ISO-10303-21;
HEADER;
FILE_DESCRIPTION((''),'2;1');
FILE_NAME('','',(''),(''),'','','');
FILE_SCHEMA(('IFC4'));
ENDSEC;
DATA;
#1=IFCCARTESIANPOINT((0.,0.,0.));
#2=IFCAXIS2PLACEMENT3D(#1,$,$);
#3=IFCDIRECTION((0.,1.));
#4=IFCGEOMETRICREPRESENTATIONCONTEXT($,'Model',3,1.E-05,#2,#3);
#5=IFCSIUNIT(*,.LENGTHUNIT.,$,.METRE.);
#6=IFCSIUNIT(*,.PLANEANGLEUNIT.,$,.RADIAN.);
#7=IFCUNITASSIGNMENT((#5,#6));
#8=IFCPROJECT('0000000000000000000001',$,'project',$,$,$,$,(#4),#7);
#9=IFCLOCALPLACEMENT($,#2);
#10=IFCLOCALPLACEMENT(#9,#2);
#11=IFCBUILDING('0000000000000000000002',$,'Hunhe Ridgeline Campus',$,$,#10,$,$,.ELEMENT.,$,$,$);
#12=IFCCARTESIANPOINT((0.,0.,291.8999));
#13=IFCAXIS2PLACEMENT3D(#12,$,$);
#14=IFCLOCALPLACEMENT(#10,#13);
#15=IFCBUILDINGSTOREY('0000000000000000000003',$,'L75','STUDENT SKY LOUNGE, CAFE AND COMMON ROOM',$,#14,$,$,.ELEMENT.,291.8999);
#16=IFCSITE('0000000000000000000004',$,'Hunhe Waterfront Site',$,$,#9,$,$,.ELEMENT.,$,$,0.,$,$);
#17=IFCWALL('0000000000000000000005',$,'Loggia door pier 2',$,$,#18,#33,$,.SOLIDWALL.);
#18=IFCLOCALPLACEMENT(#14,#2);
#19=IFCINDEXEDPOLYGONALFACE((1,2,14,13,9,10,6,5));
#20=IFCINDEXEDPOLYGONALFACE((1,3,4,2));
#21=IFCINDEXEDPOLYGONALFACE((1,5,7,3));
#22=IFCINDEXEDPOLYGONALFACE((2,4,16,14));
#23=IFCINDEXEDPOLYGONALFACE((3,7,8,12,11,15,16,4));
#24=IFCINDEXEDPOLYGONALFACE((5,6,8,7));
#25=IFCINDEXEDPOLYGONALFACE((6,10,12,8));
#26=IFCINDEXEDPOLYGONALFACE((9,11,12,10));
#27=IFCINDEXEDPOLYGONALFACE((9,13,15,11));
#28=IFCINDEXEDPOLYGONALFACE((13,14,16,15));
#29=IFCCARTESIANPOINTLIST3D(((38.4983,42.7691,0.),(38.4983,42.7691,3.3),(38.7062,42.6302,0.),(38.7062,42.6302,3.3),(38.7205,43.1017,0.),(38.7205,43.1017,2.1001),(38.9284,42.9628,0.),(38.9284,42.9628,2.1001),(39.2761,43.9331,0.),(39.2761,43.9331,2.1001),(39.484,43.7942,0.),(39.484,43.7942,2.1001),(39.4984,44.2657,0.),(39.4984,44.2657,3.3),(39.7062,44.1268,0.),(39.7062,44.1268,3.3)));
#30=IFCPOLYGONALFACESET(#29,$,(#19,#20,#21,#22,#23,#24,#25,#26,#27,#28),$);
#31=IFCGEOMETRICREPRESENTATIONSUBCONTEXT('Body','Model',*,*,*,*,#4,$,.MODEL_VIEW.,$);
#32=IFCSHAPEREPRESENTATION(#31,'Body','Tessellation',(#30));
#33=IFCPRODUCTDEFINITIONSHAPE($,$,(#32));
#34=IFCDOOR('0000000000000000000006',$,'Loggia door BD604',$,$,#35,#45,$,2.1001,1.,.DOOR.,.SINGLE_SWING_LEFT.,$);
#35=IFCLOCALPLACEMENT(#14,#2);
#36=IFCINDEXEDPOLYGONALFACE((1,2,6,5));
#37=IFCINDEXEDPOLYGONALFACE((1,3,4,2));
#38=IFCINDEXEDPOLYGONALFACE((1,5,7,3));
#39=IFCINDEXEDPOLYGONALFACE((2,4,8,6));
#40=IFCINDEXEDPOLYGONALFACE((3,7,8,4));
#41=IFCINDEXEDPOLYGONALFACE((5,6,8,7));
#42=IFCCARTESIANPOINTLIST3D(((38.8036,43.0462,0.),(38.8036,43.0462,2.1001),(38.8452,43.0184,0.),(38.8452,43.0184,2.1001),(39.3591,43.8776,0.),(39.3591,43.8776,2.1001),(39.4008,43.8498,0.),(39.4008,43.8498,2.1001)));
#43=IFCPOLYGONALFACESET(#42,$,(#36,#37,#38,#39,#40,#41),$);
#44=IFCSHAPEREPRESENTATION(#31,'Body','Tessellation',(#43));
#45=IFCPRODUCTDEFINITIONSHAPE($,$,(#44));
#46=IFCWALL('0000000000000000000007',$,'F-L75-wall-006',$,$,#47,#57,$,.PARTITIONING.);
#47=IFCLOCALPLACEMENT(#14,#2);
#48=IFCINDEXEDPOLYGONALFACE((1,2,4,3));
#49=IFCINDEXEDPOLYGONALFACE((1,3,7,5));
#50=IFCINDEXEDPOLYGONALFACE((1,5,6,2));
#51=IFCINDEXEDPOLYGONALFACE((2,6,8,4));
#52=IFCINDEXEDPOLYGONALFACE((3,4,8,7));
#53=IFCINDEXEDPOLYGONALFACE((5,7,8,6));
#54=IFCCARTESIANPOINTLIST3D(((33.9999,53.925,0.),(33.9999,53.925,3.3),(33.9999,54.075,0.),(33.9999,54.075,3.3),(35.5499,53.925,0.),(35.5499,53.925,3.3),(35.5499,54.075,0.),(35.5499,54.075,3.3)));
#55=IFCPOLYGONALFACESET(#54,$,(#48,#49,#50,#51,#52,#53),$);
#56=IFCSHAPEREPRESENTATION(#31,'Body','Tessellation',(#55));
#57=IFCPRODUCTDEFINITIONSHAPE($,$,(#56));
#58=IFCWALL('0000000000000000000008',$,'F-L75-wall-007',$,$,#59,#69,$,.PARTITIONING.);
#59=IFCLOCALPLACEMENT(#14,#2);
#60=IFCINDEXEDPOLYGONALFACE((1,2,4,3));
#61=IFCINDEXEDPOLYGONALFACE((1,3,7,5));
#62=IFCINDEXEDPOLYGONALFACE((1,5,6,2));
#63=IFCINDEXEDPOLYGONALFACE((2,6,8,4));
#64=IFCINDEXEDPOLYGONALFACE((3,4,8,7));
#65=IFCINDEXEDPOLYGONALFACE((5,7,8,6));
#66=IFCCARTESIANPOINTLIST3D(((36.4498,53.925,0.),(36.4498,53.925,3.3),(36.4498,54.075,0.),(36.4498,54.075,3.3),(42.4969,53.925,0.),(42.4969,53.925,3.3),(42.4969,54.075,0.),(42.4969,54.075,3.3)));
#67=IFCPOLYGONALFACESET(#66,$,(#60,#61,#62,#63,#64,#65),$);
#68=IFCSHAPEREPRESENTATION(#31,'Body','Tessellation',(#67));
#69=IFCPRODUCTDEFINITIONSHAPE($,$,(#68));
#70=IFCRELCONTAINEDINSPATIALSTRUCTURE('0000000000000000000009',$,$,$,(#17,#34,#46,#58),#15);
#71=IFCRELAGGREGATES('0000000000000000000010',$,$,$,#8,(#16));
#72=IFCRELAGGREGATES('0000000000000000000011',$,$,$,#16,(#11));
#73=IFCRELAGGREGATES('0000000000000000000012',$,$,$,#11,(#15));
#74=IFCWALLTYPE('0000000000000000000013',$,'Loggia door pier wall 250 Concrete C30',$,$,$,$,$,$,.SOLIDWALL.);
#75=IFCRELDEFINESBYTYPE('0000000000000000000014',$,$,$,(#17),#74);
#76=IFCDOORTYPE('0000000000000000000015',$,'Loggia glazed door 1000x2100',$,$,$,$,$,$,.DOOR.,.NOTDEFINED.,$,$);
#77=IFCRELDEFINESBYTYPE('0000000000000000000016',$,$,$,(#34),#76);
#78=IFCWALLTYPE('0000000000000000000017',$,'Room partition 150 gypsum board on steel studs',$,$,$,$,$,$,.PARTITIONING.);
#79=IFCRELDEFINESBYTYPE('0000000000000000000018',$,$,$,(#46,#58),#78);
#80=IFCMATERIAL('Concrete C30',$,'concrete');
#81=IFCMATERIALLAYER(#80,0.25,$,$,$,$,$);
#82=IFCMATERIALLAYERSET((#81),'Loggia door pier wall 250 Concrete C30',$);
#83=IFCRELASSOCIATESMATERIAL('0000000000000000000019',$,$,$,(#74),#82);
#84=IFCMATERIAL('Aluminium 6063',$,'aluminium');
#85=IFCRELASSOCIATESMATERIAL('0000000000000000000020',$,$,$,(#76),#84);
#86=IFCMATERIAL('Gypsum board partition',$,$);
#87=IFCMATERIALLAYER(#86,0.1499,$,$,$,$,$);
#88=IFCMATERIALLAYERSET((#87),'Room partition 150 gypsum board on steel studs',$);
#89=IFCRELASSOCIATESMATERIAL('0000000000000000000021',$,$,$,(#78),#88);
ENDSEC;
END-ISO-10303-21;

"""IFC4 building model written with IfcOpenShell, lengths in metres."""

from ifc_helpers import new_model, si_unit, direction, frame, frame_2d, origin, place, context, subcontext, project, spatial, rectangle, extrude, material, layer, layer_set, type_object, element, fill, save


model = new_model("IFC4")

# Units and contexts
model_context = context("Model", 3, precision=1e-05, world=origin(), true_north=direction((0.0, 1.0)))
body_context = subcontext(model_context, "Body", "Model", "MODEL_VIEW")
ifc_project = project(units=[si_unit("LENGTHUNIT", "METRE"), si_unit("PLANEANGLEUNIT", "RADIAN")], contexts=[model_context])

# Site, building, storey
site_placement = place(None, origin())
site = spatial("IfcSite", under=ifc_project, at=site_placement, Name="Hunhe Waterfront Site", CompositionType="ELEMENT", RefElevation=0.0)
building_placement = place(site_placement, origin())
building = spatial("IfcBuilding", under=site, at=building_placement, Name="Hunhe Ridgeline Campus", CompositionType="ELEMENT")
storey_placement = place(building_placement, frame((0.0, 0.0, 291.8999)))
storey = spatial("IfcBuildingStorey", under=building, at=storey_placement, Name="L75", Description="STUDENT SKY LOUNGE, CAFE AND COMMON ROOM", CompositionType="ELEMENT", Elevation=291.8999)

# Shared definitions
ifc_material_1 = material(Name="Aluminium 6063", Category="aluminium")

# Shared definitions
ifc_material_2 = material(Name="Concrete C30", Category="concrete")

# Wall, opening, door
ifc_layer_1 = layer(ifc_material_2, 0.25)
ifc_layer_set_1 = layer_set([ifc_layer_1], Name="Loggia door pier wall 250 Concrete C30")
wall_type_1 = type_object("IfcWallType", Name="Loggia door pier wall 250 Concrete C30", PredefinedType="SOLIDWALL", material=ifc_layer_set_1)
wall_1_placement = place(storey_placement, frame((38.6023, 42.6997, 0.0), z_axis=(0.0, 0.0, 1.0), x_axis=(0.555576, 0.831466, 0.0)))
wall_1 = element("IfcWall", 1, at=wall_1_placement, inside=storey, type_object=wall_type_1, Name="Loggia door pier 2", PredefinedType="SOLIDWALL", context=body_context, shape_type="SweptSolid", body=[
    extrude(rectangle(XDim=1.8, YDim=0.25, at=frame_2d((0.8999, 0.0))), origin(), (0.0, 0.0, 1.0), 3.3),
])
opening_placement = place(wall_1_placement, frame((0.3999, 0.0, 0.0)))
opening = element("IfcOpeningElement", 2, at=opening_placement, cuts=wall_1, PredefinedType="OPENING", context=body_context, shape_type="SweptSolid", body=[
    extrude(rectangle(XDim=1.0, YDim=2.1001, at=frame_2d((0.5, 1.05))), frame((0.0, 0.125, 0.0), z_axis=(0.0, -1.0, 0.0), x_axis=(1.0, 0.0, 0.0)), (0.0, 0.0, 1.0), 0.25),
])
door_type = type_object("IfcDoorType", Name="Loggia glazed door 1000x2100", OperationType="NOTDEFINED", PredefinedType="DOOR", material=ifc_material_1)
door_placement = place(opening_placement, frame((1.0, 0.0, 0.0), z_axis=(0.0, 0.0, 1.0), x_axis=(-1.0, 0.0, 0.0)))
door = element("IfcDoor", 3, at=door_placement, inside=storey, type_object=door_type, Name="Loggia door BD604", OperationType="SINGLE_SWING_LEFT", OverallHeight=2.1001, OverallWidth=1.0, PredefinedType="DOOR", context=body_context, shape_type="SweptSolid", body=[
    extrude(rectangle(XDim=1.0, YDim=2.1001, at=frame_2d((0.5, 1.05))), frame((0.0, 0.0249, 0.0), z_axis=(0.0, -1.0, 0.0), x_axis=(1.0, 0.0, 0.0)), (0.0, 0.0, 1.0), 0.05),
])
fill(opening, door)

# Walls
ifc_material_3 = material(Name="Gypsum board partition")
ifc_layer_2 = layer(ifc_material_3, 0.1499)
ifc_layer_set_2 = layer_set([ifc_layer_2], Name="Room partition 150 gypsum board on steel studs")
wall_type_2 = type_object("IfcWallType", Name="Room partition 150 gypsum board on steel studs", PredefinedType="PARTITIONING", material=ifc_layer_set_2)
wall_2_placement = place(storey_placement, frame((34.0, 54.0, 0.0), z_axis=(0.0, 0.0, 1.0), x_axis=(1.0, 0.0, 0.0)))
element("IfcWall", 4, at=wall_2_placement, inside=storey, type_object=wall_type_2, Name="F-L75-wall-006", PredefinedType="PARTITIONING", context=body_context, shape_type="SweptSolid", body=[
    extrude(rectangle(XDim=1.55, YDim=0.1499, at=frame_2d((0.7749, 0.0))), origin(), (0.0, 0.0, 1.0), 3.3),
])
wall_3_placement = place(storey_placement, frame((36.45, 54.0, 0.0), z_axis=(0.0, 0.0, 1.0), x_axis=(1.0, 0.0, 0.0)))
element("IfcWall", 5, at=wall_3_placement, inside=storey, type_object=wall_type_2, Name="F-L75-wall-007", PredefinedType="PARTITIONING", context=body_context, shape_type="SweptSolid", body=[
    extrude(rectangle(XDim=6.0471, YDim=0.1499, at=frame_2d((3.0234, 0.0))), origin(), (0.0, 0.0, 1.0), 3.3),
])

save(model, "model.ifc")
